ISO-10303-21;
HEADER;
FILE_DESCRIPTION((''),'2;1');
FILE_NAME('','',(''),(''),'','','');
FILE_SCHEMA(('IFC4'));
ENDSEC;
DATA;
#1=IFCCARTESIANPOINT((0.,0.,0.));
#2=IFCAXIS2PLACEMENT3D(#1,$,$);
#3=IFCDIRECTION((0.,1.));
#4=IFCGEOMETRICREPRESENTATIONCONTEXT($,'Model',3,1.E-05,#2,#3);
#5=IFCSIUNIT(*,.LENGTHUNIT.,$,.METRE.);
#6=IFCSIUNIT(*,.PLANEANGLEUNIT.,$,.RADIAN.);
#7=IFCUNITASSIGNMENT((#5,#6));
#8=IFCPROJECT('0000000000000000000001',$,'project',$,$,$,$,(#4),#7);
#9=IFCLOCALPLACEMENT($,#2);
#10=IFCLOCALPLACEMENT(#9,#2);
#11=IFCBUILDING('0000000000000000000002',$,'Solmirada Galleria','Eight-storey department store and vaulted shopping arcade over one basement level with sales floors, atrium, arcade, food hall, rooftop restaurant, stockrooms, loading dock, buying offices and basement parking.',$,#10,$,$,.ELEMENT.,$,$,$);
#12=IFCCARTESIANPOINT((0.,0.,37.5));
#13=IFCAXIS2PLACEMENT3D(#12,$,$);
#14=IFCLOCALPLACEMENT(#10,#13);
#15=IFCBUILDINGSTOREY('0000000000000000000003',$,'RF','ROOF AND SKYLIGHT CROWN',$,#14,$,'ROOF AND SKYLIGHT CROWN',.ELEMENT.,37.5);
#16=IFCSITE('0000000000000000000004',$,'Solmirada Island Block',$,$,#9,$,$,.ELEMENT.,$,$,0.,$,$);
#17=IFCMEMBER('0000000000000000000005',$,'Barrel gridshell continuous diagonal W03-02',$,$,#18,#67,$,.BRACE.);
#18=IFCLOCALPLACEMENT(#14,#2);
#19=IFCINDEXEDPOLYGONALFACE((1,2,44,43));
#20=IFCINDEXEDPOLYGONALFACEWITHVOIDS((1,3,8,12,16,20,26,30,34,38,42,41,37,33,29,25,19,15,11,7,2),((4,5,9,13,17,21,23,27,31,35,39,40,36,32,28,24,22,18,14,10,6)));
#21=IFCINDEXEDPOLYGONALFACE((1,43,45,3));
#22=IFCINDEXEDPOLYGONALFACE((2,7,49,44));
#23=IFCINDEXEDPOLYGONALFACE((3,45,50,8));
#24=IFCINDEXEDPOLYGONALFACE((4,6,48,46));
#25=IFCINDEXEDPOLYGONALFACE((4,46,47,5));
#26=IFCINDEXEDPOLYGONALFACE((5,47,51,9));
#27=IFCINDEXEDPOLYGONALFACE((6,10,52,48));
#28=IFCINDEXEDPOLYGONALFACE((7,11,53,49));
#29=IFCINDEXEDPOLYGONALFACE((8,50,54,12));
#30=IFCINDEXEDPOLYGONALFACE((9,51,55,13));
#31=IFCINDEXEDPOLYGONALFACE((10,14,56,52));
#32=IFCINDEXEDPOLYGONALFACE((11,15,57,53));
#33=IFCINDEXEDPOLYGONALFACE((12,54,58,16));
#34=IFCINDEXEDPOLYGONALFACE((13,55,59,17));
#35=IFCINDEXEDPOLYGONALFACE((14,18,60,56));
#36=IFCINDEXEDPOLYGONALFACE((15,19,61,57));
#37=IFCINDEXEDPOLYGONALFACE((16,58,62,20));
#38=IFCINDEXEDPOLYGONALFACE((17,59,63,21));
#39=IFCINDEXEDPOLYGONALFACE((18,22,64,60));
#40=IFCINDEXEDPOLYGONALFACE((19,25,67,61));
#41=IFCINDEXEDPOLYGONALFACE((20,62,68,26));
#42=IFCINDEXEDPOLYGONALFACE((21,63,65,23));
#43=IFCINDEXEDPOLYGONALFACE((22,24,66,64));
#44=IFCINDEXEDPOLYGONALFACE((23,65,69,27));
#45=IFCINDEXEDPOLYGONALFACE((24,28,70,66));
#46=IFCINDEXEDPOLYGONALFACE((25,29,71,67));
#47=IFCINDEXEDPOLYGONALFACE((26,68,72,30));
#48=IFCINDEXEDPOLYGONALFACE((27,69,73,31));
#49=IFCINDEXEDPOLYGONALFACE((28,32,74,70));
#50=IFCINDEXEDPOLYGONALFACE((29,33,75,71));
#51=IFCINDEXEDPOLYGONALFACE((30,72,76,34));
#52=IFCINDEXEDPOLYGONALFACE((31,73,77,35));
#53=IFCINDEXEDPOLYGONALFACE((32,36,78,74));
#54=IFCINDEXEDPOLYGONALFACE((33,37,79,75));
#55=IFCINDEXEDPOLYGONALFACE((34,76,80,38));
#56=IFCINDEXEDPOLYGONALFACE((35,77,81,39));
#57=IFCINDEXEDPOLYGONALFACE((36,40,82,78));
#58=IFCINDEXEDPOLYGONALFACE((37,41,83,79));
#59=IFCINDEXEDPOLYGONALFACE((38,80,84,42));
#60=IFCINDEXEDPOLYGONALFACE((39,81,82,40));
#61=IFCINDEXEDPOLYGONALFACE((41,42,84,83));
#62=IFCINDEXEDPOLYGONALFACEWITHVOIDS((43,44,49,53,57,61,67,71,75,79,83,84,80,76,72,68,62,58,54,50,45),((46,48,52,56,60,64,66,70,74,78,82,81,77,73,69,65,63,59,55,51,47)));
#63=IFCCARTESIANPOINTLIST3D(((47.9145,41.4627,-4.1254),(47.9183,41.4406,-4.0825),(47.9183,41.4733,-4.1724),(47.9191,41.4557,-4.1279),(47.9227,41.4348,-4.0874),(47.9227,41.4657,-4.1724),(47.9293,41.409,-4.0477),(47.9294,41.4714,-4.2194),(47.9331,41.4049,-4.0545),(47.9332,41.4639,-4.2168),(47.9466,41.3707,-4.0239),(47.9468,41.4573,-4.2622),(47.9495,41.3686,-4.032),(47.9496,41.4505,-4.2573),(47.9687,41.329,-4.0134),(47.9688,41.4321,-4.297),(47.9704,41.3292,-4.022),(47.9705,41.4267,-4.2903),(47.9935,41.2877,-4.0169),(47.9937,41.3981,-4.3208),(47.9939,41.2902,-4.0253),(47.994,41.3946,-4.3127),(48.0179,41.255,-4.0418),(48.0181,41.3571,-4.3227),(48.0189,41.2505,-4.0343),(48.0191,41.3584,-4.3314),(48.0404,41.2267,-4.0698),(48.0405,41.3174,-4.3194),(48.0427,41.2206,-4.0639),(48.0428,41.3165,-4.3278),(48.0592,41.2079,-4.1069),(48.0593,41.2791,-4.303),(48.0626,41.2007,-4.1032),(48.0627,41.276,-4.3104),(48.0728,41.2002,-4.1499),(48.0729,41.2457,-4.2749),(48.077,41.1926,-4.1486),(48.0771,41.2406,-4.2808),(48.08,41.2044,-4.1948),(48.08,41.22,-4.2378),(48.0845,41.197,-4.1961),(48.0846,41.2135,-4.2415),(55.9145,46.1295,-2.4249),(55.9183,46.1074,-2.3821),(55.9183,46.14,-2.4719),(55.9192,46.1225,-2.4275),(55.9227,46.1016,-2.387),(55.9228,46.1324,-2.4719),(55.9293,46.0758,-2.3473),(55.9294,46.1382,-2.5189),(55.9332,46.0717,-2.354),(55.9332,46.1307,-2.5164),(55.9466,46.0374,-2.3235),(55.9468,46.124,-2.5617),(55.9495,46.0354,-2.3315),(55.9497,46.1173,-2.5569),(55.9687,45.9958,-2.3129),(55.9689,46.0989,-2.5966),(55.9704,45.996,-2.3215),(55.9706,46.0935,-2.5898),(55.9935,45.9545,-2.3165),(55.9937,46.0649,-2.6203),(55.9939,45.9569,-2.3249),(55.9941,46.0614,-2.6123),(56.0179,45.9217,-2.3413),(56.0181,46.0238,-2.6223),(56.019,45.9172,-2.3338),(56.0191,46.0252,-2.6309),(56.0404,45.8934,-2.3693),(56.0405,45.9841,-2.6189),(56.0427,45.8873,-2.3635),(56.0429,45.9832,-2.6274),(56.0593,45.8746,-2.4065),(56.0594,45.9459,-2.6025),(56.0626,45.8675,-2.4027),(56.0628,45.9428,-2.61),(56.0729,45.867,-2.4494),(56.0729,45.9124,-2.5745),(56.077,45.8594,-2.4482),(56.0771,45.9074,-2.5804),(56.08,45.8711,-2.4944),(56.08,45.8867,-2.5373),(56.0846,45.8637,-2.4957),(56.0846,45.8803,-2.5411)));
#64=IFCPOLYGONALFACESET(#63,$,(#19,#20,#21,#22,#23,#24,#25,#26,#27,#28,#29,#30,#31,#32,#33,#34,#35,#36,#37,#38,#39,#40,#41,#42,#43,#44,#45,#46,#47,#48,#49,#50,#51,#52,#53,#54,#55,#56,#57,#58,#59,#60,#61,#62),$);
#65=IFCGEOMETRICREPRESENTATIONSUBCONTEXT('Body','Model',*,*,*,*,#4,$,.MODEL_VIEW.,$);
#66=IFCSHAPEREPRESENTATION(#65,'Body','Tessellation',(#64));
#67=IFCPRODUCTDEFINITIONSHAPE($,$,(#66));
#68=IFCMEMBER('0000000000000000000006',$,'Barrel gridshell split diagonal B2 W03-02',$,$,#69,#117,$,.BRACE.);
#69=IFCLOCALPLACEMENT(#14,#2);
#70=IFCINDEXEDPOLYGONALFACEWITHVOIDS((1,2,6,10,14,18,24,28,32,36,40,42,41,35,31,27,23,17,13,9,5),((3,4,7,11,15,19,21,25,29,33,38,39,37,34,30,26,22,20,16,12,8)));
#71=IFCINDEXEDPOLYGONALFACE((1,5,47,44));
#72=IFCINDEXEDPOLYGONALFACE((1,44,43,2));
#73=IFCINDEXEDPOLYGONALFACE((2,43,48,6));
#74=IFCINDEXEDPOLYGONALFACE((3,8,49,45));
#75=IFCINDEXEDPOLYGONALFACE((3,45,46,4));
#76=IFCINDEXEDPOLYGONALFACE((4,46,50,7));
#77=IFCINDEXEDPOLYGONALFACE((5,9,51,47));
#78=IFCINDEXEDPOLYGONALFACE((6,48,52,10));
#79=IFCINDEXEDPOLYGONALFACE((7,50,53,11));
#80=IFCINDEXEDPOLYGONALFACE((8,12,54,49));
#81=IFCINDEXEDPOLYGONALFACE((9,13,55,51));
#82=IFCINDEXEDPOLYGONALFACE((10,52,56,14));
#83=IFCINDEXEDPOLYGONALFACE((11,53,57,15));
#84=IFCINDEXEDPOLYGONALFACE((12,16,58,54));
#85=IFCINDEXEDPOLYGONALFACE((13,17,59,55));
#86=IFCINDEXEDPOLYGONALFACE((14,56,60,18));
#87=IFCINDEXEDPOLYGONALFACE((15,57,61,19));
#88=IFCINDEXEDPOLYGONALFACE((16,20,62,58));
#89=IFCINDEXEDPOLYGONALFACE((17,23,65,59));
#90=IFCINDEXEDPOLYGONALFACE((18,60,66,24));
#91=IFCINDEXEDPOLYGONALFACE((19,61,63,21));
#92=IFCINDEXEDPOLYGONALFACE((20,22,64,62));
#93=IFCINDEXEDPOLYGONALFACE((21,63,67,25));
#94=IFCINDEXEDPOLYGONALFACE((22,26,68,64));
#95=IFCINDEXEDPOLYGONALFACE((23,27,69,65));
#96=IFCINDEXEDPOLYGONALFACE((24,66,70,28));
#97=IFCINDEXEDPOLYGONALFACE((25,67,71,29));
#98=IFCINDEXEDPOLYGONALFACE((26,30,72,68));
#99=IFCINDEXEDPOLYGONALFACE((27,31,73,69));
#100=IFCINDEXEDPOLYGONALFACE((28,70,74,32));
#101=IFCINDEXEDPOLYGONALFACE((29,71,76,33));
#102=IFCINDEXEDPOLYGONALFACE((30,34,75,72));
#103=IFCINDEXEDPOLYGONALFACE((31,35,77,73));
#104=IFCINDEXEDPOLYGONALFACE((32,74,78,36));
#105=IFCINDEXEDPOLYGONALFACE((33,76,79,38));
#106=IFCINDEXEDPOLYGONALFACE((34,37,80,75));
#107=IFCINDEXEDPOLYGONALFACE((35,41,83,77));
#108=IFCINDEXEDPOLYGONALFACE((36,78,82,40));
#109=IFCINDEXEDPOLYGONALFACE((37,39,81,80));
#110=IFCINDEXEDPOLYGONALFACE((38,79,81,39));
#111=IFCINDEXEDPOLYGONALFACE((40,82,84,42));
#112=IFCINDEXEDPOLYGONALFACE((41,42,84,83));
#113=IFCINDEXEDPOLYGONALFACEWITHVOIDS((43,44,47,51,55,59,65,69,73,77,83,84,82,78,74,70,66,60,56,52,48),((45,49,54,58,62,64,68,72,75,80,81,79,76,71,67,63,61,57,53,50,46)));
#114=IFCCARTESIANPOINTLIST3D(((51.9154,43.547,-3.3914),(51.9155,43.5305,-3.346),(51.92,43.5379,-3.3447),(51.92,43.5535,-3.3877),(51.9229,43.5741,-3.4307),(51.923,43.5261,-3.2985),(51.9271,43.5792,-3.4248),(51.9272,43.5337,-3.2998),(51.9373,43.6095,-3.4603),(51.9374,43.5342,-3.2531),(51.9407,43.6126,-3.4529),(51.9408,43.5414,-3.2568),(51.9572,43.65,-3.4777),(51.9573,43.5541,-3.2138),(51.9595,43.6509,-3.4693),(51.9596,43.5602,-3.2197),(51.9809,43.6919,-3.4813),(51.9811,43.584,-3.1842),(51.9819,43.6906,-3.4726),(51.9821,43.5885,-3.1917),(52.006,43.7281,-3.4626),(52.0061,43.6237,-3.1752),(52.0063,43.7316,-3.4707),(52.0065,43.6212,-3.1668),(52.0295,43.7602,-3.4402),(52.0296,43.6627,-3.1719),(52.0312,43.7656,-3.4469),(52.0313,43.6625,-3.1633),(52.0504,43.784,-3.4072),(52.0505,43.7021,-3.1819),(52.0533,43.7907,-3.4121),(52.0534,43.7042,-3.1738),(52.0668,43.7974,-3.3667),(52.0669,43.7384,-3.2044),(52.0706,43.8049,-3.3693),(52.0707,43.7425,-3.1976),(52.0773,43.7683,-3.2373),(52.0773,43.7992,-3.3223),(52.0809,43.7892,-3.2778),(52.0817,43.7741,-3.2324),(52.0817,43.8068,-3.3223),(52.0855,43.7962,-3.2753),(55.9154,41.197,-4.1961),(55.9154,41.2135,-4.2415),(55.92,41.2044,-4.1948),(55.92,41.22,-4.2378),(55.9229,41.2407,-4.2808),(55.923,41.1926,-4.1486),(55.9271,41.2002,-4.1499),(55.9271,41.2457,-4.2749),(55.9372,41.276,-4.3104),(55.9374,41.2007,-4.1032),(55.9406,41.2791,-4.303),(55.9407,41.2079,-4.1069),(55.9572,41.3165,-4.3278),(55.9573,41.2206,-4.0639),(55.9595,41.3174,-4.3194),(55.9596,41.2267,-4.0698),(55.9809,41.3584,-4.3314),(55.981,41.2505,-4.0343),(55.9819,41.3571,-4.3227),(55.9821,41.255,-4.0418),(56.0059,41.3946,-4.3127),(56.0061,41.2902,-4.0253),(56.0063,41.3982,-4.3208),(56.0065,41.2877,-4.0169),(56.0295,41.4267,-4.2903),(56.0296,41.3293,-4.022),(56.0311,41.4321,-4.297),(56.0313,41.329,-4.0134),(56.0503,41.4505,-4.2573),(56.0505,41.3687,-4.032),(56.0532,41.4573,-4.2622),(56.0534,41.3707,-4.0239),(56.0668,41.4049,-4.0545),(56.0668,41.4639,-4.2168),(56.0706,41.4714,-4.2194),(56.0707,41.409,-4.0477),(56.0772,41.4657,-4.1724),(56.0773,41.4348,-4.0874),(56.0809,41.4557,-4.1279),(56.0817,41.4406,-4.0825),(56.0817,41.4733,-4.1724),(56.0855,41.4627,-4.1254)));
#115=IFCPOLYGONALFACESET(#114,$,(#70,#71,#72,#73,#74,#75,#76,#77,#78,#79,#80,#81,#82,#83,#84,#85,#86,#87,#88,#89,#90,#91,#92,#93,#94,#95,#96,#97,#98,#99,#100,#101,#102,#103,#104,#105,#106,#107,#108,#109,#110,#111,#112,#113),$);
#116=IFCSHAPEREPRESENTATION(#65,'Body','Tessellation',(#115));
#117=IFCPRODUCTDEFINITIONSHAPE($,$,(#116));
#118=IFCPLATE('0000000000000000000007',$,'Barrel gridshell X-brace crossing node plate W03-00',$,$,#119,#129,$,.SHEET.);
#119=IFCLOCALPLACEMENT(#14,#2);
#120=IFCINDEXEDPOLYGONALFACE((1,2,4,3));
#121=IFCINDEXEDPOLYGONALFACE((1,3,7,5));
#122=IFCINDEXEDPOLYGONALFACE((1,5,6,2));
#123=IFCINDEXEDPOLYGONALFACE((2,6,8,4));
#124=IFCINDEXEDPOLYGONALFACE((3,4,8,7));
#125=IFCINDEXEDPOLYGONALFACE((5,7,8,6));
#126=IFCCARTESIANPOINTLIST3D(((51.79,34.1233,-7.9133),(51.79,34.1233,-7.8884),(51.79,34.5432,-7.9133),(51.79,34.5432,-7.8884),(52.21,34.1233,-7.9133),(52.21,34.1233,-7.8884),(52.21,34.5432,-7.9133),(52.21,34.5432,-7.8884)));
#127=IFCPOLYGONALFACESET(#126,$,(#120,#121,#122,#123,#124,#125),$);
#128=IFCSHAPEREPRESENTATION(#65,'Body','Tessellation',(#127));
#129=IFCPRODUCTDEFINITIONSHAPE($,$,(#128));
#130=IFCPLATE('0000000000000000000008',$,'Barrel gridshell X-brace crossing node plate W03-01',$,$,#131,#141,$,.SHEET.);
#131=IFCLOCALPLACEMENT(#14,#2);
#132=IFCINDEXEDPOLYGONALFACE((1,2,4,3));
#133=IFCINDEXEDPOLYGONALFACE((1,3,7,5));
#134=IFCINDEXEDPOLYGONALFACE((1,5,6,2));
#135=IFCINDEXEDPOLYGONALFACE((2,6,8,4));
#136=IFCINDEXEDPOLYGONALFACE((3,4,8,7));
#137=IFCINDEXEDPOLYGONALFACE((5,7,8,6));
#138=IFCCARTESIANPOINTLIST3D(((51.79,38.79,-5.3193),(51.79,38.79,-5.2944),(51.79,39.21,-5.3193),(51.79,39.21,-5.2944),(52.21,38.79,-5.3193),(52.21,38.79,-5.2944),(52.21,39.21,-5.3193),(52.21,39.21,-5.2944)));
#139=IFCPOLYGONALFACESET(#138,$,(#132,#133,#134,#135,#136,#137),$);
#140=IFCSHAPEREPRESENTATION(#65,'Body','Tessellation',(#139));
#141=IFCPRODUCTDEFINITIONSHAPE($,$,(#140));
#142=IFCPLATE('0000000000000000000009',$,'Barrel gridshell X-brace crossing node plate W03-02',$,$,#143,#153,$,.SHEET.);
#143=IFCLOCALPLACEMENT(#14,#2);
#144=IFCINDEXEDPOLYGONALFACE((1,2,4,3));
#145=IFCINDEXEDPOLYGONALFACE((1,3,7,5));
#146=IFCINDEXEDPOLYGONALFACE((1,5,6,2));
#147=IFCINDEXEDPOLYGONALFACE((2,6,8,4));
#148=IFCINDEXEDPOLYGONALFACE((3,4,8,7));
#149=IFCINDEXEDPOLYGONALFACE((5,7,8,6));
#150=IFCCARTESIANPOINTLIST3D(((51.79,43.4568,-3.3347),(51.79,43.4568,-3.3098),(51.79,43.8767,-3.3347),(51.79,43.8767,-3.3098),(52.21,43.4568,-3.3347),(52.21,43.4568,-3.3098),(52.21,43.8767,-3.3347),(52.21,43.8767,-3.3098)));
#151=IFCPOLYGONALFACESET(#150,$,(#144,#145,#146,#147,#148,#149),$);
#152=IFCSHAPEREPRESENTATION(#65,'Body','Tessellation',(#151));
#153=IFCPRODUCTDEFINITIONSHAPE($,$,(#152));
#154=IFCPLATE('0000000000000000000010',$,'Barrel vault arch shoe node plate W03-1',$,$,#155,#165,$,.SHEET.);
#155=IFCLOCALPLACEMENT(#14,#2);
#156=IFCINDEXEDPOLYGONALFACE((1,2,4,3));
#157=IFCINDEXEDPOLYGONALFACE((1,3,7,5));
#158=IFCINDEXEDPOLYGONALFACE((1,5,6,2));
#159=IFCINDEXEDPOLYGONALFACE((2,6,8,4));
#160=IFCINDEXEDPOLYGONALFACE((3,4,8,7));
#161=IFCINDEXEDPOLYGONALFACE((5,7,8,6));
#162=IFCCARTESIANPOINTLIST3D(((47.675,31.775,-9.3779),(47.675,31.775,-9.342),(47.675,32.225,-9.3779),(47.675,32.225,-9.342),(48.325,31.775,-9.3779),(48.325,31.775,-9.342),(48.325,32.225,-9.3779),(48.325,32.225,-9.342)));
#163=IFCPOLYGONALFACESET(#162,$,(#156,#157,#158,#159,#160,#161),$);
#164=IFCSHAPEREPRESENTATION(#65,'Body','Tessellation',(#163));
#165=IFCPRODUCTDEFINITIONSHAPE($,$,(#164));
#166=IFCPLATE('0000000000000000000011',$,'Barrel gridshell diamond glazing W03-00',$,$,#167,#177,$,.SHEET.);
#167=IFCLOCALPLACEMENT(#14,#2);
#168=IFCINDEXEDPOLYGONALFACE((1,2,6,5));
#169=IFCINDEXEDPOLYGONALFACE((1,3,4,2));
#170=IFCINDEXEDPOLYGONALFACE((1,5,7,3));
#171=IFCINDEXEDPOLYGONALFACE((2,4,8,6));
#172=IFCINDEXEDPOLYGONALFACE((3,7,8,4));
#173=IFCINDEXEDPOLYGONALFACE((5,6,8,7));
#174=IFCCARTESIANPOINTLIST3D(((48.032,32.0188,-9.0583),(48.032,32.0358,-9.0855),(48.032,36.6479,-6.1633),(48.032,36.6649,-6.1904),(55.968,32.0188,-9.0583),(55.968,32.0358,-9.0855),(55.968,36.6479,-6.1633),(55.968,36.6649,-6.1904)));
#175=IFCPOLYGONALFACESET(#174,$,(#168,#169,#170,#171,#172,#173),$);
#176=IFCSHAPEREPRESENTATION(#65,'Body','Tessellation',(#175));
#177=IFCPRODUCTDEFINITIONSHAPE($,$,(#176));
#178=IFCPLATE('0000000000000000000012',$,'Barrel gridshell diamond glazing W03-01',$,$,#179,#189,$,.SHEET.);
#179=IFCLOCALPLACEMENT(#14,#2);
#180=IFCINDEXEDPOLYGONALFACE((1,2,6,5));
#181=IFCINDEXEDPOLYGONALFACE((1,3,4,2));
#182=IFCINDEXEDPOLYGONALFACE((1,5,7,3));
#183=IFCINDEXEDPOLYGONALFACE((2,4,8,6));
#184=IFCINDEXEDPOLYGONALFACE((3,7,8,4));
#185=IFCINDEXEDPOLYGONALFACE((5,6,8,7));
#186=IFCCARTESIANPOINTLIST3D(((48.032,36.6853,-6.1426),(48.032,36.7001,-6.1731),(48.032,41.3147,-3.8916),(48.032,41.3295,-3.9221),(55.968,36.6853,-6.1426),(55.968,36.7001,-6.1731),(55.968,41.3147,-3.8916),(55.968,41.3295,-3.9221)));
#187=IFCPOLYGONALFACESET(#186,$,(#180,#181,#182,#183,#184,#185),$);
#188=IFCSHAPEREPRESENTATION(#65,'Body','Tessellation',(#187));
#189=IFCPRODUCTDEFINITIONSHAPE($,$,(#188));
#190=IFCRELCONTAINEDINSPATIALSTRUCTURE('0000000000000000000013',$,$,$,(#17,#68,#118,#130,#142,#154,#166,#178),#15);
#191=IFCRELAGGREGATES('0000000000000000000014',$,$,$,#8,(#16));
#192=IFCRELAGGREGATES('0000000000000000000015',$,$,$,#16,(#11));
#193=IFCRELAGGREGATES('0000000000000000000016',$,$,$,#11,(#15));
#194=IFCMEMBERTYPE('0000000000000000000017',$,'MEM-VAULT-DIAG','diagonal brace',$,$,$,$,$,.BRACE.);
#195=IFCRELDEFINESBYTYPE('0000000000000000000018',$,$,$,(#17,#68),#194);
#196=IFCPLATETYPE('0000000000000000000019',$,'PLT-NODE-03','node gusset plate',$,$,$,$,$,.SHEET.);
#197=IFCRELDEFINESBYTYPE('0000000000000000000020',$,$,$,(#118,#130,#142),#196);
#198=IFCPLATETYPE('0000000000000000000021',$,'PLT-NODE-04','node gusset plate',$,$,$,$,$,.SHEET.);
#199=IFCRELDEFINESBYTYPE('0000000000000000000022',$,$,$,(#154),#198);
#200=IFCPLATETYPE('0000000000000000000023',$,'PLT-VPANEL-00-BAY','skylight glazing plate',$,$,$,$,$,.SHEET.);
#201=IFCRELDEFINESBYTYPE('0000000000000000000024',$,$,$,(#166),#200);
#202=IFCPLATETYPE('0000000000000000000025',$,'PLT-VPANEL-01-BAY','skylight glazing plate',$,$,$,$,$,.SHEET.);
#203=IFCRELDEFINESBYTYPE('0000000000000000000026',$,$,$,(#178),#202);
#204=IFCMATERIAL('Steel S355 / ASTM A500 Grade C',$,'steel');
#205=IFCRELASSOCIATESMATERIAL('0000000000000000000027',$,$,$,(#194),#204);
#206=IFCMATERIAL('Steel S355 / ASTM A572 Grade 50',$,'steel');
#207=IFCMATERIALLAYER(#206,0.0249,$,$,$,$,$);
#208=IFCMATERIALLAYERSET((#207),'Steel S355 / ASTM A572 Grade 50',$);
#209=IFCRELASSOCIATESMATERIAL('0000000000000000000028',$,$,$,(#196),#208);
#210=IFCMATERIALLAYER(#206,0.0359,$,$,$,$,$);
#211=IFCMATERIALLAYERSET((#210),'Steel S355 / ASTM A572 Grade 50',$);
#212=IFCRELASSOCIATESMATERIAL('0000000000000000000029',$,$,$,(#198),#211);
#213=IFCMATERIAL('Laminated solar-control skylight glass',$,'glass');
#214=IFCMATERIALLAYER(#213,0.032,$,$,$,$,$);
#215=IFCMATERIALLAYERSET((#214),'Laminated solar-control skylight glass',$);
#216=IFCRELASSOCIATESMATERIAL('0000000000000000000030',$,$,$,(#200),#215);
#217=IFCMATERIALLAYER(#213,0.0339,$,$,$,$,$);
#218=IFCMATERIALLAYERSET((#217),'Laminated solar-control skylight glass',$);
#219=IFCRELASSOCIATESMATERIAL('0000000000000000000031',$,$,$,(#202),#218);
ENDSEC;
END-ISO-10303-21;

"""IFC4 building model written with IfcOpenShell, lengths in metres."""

from ifc_helpers import new_model, si_unit, direction, frame, origin, origin_2d, place, context, subcontext, project, spatial, polyline, rectangle, hollow_circle, outline, extrude, material, layer, layer_set, material_profile, profile_set, type_object, element, save


model = new_model("IFC4")

# Units and contexts
model_context = context("Model", 3, precision=1e-05, world=origin(), true_north=direction((0.0, 1.0)))
body_context = subcontext(model_context, "Body", "Model", "MODEL_VIEW")
ifc_project = project(units=[si_unit("LENGTHUNIT", "METRE"), si_unit("PLANEANGLEUNIT", "RADIAN")], contexts=[model_context])

# Site, building, storey
site_placement = place(None, origin())
site = spatial("IfcSite", under=ifc_project, at=site_placement, Name="Solmirada Island Block", CompositionType="ELEMENT", RefElevation=0.0)
building_placement = place(site_placement, origin())
building = spatial("IfcBuilding", under=site, at=building_placement, Name="Solmirada Galleria", Description="Eight-storey department store and vaulted shopping arcade over one basement level with sales floors, atrium, arcade, food hall, rooftop restaurant, stockrooms, loading dock, buying offices and basement parking.", CompositionType="ELEMENT")
storey_placement = place(building_placement, frame((0.0, 0.0, 37.5)))
storey = spatial("IfcBuildingStorey", under=building, at=storey_placement, Name="RF", Description="ROOF AND SKYLIGHT CROWN", LongName="ROOF AND SKYLIGHT CROWN", CompositionType="ELEMENT", Elevation=37.5)

# Members
ifc_material_1 = material(Name="Steel S355 / ASTM A500 Grade C", Category="steel")
ifc_material_profile_1 = material_profile(ifc_material_1, hollow_circle(Radius=0.1621, WallThickness=0.0088, at=origin_2d()), Name="HSS12.750X0.375")
ifc_profile_set_1 = profile_set([ifc_material_profile_1], Name="Steel S355 / ASTM A500 Grade C")
member_type_1 = type_object("IfcMemberType", Name="MEM-VAULT-DIAG", Description="diagonal brace", PredefinedType="BRACE", material=ifc_profile_set_1)
member_1_placement = place(storey_placement, frame((48.0, 41.3333, -4.1724), z_axis=(0.849575, 0.495594, 0.180581), x_axis=(-0.503878, 0.863775, 0.0)))
element("IfcMember", 1, at=member_1_placement, inside=storey, type_object=member_type_1, Name="Barrel gridshell continuous diagonal W03-02", PredefinedType="BRACE", context=body_context, shape_type="SweptSolid", body=[
    extrude(hollow_circle(Radius=0.1621, WallThickness=0.0088, at=origin_2d()), origin(), (0.0, 0.0, 1.0), 9.4165),
])
member_2_placement = place(storey_placement, frame((52.0, 43.6667, -3.3223), z_axis=(0.849568, -0.495616, -0.180554), x_axis=(0.503897, 0.863764, 0.0)))
element("IfcMember", 2, at=member_2_placement, inside=storey, type_object=member_type_1, Name="Barrel gridshell split diagonal B2 W03-02", PredefinedType="BRACE", context=body_context, shape_type="SweptSolid", body=[
    extrude(hollow_circle(Radius=0.1621, WallThickness=0.0088, at=origin_2d()), origin(), (0.0, 0.0, 1.0), 4.7083),
])

# Plates
ifc_material_2 = material(Name="Steel S355 / ASTM A572 Grade 50", Category="steel")
ifc_layer_1 = layer(ifc_material_2, 0.0249)
ifc_layer_set_1 = layer_set([ifc_layer_1], Name="Steel S355 / ASTM A572 Grade 50")
plate_type_1 = type_object("IfcPlateType", Name="PLT-NODE-03", Description="node gusset plate", PredefinedType="SHEET", material=ifc_layer_set_1)
for number, where, z_axis, x_axis, name in (
    (3, (52.0, 34.3333, -7.9133), (0.0, 0.0, 1.0), (1.0, 0.0, 0.0), "Barrel gridshell X-brace crossing node plate W03-00"),
    (4, (52.0, 39.0, -5.3193), (0.0, 0.0, 1.0), (1.0, 0.0, 0.0), "Barrel gridshell X-brace crossing node plate W03-01"),
    (5, (52.0, 43.6667, -3.3347), (0.0, 0.0, 1.0), (1.0, 0.0, 0.0), "Barrel gridshell X-brace crossing node plate W03-02"),
):
    element("IfcPlate", number, at=place(storey_placement, frame(where, z_axis=z_axis, x_axis=x_axis)), inside=storey, type_object=plate_type_1, Name=name, PredefinedType="SHEET", context=body_context, shape_type="SweptSolid", body=[
        extrude(rectangle(XDim=0.4199, YDim=0.4199, at=origin_2d()), origin(), (0.0, 0.0, 1.0), 0.0249),
    ])
ifc_layer_2 = layer(ifc_material_2, 0.0359)
ifc_layer_set_2 = layer_set([ifc_layer_2], Name="Steel S355 / ASTM A572 Grade 50")
plate_type_2 = type_object("IfcPlateType", Name="PLT-NODE-04", Description="node gusset plate", PredefinedType="SHEET", material=ifc_layer_set_2)
plate_1_placement = place(storey_placement, frame((48.0, 32.0, -9.3779), z_axis=(0.0, 0.0, 1.0), x_axis=(1.0, 0.0, 0.0)))
element("IfcPlate", 6, at=plate_1_placement, inside=storey, type_object=plate_type_2, Name="Barrel vault arch shoe node plate W03-1", PredefinedType="SHEET", context=body_context, shape_type="SweptSolid", body=[
    extrude(rectangle(XDim=0.6499, YDim=0.45, at=origin_2d()), origin(), (0.0, 0.0, 1.0), 0.0359),
])
ifc_material_3 = material(Name="Laminated solar-control skylight glass", Category="glass")
ifc_layer_3 = layer(ifc_material_3, 0.032)
ifc_layer_set_3 = layer_set([ifc_layer_3], Name="Laminated solar-control skylight glass")
plate_type_3 = type_object("IfcPlateType", Name="PLT-VPANEL-00-BAY", Description="skylight glazing plate", PredefinedType="SHEET", material=ifc_layer_set_3)
plate_2_placement = place(storey_placement, frame((48.032, 32.0188, -9.0583), z_axis=(0.0, -0.530236, 0.84785), x_axis=(1.0, 0.0, 0.0)))
element("IfcPlate", 7, at=plate_2_placement, inside=storey, type_object=plate_type_3, Name="Barrel gridshell diamond glazing W03-00", PredefinedType="SHEET", context=body_context, shape_type="SweptSolid", body=[
    extrude(outline(polyline([(0.0, 0.0), (7.936, 0.0), (7.936, 5.4599), (0.0, 5.4599), (0.0, 0.0)])), origin(), (0.0, 0.0, -1.0), 0.032),
])
ifc_layer_4 = layer(ifc_material_3, 0.0339)
ifc_layer_set_4 = layer_set([ifc_layer_4], Name="Laminated solar-control skylight glass")
plate_type_4 = type_object("IfcPlateType", Name="PLT-VPANEL-01-BAY", Description="skylight glazing plate", PredefinedType="SHEET", material=ifc_layer_set_4)
plate_3_placement = place(storey_placement, frame((48.032, 36.6853, -6.1426), z_axis=(0.0, -0.437283, 0.899324), x_axis=(1.0, 0.0, 0.0)))
element("IfcPlate", 8, at=plate_3_placement, inside=storey, type_object=plate_type_4, Name="Barrel gridshell diamond glazing W03-01", PredefinedType="SHEET", context=body_context, shape_type="SweptSolid", body=[
    extrude(outline(polyline([(0.0, 0.0), (7.936, 0.0), (7.936, 5.1476), (0.0, 5.1476), (0.0, 0.0)])), origin(), (0.0, 0.0, -1.0), 0.0339),
])

save(model, "model.ifc")
